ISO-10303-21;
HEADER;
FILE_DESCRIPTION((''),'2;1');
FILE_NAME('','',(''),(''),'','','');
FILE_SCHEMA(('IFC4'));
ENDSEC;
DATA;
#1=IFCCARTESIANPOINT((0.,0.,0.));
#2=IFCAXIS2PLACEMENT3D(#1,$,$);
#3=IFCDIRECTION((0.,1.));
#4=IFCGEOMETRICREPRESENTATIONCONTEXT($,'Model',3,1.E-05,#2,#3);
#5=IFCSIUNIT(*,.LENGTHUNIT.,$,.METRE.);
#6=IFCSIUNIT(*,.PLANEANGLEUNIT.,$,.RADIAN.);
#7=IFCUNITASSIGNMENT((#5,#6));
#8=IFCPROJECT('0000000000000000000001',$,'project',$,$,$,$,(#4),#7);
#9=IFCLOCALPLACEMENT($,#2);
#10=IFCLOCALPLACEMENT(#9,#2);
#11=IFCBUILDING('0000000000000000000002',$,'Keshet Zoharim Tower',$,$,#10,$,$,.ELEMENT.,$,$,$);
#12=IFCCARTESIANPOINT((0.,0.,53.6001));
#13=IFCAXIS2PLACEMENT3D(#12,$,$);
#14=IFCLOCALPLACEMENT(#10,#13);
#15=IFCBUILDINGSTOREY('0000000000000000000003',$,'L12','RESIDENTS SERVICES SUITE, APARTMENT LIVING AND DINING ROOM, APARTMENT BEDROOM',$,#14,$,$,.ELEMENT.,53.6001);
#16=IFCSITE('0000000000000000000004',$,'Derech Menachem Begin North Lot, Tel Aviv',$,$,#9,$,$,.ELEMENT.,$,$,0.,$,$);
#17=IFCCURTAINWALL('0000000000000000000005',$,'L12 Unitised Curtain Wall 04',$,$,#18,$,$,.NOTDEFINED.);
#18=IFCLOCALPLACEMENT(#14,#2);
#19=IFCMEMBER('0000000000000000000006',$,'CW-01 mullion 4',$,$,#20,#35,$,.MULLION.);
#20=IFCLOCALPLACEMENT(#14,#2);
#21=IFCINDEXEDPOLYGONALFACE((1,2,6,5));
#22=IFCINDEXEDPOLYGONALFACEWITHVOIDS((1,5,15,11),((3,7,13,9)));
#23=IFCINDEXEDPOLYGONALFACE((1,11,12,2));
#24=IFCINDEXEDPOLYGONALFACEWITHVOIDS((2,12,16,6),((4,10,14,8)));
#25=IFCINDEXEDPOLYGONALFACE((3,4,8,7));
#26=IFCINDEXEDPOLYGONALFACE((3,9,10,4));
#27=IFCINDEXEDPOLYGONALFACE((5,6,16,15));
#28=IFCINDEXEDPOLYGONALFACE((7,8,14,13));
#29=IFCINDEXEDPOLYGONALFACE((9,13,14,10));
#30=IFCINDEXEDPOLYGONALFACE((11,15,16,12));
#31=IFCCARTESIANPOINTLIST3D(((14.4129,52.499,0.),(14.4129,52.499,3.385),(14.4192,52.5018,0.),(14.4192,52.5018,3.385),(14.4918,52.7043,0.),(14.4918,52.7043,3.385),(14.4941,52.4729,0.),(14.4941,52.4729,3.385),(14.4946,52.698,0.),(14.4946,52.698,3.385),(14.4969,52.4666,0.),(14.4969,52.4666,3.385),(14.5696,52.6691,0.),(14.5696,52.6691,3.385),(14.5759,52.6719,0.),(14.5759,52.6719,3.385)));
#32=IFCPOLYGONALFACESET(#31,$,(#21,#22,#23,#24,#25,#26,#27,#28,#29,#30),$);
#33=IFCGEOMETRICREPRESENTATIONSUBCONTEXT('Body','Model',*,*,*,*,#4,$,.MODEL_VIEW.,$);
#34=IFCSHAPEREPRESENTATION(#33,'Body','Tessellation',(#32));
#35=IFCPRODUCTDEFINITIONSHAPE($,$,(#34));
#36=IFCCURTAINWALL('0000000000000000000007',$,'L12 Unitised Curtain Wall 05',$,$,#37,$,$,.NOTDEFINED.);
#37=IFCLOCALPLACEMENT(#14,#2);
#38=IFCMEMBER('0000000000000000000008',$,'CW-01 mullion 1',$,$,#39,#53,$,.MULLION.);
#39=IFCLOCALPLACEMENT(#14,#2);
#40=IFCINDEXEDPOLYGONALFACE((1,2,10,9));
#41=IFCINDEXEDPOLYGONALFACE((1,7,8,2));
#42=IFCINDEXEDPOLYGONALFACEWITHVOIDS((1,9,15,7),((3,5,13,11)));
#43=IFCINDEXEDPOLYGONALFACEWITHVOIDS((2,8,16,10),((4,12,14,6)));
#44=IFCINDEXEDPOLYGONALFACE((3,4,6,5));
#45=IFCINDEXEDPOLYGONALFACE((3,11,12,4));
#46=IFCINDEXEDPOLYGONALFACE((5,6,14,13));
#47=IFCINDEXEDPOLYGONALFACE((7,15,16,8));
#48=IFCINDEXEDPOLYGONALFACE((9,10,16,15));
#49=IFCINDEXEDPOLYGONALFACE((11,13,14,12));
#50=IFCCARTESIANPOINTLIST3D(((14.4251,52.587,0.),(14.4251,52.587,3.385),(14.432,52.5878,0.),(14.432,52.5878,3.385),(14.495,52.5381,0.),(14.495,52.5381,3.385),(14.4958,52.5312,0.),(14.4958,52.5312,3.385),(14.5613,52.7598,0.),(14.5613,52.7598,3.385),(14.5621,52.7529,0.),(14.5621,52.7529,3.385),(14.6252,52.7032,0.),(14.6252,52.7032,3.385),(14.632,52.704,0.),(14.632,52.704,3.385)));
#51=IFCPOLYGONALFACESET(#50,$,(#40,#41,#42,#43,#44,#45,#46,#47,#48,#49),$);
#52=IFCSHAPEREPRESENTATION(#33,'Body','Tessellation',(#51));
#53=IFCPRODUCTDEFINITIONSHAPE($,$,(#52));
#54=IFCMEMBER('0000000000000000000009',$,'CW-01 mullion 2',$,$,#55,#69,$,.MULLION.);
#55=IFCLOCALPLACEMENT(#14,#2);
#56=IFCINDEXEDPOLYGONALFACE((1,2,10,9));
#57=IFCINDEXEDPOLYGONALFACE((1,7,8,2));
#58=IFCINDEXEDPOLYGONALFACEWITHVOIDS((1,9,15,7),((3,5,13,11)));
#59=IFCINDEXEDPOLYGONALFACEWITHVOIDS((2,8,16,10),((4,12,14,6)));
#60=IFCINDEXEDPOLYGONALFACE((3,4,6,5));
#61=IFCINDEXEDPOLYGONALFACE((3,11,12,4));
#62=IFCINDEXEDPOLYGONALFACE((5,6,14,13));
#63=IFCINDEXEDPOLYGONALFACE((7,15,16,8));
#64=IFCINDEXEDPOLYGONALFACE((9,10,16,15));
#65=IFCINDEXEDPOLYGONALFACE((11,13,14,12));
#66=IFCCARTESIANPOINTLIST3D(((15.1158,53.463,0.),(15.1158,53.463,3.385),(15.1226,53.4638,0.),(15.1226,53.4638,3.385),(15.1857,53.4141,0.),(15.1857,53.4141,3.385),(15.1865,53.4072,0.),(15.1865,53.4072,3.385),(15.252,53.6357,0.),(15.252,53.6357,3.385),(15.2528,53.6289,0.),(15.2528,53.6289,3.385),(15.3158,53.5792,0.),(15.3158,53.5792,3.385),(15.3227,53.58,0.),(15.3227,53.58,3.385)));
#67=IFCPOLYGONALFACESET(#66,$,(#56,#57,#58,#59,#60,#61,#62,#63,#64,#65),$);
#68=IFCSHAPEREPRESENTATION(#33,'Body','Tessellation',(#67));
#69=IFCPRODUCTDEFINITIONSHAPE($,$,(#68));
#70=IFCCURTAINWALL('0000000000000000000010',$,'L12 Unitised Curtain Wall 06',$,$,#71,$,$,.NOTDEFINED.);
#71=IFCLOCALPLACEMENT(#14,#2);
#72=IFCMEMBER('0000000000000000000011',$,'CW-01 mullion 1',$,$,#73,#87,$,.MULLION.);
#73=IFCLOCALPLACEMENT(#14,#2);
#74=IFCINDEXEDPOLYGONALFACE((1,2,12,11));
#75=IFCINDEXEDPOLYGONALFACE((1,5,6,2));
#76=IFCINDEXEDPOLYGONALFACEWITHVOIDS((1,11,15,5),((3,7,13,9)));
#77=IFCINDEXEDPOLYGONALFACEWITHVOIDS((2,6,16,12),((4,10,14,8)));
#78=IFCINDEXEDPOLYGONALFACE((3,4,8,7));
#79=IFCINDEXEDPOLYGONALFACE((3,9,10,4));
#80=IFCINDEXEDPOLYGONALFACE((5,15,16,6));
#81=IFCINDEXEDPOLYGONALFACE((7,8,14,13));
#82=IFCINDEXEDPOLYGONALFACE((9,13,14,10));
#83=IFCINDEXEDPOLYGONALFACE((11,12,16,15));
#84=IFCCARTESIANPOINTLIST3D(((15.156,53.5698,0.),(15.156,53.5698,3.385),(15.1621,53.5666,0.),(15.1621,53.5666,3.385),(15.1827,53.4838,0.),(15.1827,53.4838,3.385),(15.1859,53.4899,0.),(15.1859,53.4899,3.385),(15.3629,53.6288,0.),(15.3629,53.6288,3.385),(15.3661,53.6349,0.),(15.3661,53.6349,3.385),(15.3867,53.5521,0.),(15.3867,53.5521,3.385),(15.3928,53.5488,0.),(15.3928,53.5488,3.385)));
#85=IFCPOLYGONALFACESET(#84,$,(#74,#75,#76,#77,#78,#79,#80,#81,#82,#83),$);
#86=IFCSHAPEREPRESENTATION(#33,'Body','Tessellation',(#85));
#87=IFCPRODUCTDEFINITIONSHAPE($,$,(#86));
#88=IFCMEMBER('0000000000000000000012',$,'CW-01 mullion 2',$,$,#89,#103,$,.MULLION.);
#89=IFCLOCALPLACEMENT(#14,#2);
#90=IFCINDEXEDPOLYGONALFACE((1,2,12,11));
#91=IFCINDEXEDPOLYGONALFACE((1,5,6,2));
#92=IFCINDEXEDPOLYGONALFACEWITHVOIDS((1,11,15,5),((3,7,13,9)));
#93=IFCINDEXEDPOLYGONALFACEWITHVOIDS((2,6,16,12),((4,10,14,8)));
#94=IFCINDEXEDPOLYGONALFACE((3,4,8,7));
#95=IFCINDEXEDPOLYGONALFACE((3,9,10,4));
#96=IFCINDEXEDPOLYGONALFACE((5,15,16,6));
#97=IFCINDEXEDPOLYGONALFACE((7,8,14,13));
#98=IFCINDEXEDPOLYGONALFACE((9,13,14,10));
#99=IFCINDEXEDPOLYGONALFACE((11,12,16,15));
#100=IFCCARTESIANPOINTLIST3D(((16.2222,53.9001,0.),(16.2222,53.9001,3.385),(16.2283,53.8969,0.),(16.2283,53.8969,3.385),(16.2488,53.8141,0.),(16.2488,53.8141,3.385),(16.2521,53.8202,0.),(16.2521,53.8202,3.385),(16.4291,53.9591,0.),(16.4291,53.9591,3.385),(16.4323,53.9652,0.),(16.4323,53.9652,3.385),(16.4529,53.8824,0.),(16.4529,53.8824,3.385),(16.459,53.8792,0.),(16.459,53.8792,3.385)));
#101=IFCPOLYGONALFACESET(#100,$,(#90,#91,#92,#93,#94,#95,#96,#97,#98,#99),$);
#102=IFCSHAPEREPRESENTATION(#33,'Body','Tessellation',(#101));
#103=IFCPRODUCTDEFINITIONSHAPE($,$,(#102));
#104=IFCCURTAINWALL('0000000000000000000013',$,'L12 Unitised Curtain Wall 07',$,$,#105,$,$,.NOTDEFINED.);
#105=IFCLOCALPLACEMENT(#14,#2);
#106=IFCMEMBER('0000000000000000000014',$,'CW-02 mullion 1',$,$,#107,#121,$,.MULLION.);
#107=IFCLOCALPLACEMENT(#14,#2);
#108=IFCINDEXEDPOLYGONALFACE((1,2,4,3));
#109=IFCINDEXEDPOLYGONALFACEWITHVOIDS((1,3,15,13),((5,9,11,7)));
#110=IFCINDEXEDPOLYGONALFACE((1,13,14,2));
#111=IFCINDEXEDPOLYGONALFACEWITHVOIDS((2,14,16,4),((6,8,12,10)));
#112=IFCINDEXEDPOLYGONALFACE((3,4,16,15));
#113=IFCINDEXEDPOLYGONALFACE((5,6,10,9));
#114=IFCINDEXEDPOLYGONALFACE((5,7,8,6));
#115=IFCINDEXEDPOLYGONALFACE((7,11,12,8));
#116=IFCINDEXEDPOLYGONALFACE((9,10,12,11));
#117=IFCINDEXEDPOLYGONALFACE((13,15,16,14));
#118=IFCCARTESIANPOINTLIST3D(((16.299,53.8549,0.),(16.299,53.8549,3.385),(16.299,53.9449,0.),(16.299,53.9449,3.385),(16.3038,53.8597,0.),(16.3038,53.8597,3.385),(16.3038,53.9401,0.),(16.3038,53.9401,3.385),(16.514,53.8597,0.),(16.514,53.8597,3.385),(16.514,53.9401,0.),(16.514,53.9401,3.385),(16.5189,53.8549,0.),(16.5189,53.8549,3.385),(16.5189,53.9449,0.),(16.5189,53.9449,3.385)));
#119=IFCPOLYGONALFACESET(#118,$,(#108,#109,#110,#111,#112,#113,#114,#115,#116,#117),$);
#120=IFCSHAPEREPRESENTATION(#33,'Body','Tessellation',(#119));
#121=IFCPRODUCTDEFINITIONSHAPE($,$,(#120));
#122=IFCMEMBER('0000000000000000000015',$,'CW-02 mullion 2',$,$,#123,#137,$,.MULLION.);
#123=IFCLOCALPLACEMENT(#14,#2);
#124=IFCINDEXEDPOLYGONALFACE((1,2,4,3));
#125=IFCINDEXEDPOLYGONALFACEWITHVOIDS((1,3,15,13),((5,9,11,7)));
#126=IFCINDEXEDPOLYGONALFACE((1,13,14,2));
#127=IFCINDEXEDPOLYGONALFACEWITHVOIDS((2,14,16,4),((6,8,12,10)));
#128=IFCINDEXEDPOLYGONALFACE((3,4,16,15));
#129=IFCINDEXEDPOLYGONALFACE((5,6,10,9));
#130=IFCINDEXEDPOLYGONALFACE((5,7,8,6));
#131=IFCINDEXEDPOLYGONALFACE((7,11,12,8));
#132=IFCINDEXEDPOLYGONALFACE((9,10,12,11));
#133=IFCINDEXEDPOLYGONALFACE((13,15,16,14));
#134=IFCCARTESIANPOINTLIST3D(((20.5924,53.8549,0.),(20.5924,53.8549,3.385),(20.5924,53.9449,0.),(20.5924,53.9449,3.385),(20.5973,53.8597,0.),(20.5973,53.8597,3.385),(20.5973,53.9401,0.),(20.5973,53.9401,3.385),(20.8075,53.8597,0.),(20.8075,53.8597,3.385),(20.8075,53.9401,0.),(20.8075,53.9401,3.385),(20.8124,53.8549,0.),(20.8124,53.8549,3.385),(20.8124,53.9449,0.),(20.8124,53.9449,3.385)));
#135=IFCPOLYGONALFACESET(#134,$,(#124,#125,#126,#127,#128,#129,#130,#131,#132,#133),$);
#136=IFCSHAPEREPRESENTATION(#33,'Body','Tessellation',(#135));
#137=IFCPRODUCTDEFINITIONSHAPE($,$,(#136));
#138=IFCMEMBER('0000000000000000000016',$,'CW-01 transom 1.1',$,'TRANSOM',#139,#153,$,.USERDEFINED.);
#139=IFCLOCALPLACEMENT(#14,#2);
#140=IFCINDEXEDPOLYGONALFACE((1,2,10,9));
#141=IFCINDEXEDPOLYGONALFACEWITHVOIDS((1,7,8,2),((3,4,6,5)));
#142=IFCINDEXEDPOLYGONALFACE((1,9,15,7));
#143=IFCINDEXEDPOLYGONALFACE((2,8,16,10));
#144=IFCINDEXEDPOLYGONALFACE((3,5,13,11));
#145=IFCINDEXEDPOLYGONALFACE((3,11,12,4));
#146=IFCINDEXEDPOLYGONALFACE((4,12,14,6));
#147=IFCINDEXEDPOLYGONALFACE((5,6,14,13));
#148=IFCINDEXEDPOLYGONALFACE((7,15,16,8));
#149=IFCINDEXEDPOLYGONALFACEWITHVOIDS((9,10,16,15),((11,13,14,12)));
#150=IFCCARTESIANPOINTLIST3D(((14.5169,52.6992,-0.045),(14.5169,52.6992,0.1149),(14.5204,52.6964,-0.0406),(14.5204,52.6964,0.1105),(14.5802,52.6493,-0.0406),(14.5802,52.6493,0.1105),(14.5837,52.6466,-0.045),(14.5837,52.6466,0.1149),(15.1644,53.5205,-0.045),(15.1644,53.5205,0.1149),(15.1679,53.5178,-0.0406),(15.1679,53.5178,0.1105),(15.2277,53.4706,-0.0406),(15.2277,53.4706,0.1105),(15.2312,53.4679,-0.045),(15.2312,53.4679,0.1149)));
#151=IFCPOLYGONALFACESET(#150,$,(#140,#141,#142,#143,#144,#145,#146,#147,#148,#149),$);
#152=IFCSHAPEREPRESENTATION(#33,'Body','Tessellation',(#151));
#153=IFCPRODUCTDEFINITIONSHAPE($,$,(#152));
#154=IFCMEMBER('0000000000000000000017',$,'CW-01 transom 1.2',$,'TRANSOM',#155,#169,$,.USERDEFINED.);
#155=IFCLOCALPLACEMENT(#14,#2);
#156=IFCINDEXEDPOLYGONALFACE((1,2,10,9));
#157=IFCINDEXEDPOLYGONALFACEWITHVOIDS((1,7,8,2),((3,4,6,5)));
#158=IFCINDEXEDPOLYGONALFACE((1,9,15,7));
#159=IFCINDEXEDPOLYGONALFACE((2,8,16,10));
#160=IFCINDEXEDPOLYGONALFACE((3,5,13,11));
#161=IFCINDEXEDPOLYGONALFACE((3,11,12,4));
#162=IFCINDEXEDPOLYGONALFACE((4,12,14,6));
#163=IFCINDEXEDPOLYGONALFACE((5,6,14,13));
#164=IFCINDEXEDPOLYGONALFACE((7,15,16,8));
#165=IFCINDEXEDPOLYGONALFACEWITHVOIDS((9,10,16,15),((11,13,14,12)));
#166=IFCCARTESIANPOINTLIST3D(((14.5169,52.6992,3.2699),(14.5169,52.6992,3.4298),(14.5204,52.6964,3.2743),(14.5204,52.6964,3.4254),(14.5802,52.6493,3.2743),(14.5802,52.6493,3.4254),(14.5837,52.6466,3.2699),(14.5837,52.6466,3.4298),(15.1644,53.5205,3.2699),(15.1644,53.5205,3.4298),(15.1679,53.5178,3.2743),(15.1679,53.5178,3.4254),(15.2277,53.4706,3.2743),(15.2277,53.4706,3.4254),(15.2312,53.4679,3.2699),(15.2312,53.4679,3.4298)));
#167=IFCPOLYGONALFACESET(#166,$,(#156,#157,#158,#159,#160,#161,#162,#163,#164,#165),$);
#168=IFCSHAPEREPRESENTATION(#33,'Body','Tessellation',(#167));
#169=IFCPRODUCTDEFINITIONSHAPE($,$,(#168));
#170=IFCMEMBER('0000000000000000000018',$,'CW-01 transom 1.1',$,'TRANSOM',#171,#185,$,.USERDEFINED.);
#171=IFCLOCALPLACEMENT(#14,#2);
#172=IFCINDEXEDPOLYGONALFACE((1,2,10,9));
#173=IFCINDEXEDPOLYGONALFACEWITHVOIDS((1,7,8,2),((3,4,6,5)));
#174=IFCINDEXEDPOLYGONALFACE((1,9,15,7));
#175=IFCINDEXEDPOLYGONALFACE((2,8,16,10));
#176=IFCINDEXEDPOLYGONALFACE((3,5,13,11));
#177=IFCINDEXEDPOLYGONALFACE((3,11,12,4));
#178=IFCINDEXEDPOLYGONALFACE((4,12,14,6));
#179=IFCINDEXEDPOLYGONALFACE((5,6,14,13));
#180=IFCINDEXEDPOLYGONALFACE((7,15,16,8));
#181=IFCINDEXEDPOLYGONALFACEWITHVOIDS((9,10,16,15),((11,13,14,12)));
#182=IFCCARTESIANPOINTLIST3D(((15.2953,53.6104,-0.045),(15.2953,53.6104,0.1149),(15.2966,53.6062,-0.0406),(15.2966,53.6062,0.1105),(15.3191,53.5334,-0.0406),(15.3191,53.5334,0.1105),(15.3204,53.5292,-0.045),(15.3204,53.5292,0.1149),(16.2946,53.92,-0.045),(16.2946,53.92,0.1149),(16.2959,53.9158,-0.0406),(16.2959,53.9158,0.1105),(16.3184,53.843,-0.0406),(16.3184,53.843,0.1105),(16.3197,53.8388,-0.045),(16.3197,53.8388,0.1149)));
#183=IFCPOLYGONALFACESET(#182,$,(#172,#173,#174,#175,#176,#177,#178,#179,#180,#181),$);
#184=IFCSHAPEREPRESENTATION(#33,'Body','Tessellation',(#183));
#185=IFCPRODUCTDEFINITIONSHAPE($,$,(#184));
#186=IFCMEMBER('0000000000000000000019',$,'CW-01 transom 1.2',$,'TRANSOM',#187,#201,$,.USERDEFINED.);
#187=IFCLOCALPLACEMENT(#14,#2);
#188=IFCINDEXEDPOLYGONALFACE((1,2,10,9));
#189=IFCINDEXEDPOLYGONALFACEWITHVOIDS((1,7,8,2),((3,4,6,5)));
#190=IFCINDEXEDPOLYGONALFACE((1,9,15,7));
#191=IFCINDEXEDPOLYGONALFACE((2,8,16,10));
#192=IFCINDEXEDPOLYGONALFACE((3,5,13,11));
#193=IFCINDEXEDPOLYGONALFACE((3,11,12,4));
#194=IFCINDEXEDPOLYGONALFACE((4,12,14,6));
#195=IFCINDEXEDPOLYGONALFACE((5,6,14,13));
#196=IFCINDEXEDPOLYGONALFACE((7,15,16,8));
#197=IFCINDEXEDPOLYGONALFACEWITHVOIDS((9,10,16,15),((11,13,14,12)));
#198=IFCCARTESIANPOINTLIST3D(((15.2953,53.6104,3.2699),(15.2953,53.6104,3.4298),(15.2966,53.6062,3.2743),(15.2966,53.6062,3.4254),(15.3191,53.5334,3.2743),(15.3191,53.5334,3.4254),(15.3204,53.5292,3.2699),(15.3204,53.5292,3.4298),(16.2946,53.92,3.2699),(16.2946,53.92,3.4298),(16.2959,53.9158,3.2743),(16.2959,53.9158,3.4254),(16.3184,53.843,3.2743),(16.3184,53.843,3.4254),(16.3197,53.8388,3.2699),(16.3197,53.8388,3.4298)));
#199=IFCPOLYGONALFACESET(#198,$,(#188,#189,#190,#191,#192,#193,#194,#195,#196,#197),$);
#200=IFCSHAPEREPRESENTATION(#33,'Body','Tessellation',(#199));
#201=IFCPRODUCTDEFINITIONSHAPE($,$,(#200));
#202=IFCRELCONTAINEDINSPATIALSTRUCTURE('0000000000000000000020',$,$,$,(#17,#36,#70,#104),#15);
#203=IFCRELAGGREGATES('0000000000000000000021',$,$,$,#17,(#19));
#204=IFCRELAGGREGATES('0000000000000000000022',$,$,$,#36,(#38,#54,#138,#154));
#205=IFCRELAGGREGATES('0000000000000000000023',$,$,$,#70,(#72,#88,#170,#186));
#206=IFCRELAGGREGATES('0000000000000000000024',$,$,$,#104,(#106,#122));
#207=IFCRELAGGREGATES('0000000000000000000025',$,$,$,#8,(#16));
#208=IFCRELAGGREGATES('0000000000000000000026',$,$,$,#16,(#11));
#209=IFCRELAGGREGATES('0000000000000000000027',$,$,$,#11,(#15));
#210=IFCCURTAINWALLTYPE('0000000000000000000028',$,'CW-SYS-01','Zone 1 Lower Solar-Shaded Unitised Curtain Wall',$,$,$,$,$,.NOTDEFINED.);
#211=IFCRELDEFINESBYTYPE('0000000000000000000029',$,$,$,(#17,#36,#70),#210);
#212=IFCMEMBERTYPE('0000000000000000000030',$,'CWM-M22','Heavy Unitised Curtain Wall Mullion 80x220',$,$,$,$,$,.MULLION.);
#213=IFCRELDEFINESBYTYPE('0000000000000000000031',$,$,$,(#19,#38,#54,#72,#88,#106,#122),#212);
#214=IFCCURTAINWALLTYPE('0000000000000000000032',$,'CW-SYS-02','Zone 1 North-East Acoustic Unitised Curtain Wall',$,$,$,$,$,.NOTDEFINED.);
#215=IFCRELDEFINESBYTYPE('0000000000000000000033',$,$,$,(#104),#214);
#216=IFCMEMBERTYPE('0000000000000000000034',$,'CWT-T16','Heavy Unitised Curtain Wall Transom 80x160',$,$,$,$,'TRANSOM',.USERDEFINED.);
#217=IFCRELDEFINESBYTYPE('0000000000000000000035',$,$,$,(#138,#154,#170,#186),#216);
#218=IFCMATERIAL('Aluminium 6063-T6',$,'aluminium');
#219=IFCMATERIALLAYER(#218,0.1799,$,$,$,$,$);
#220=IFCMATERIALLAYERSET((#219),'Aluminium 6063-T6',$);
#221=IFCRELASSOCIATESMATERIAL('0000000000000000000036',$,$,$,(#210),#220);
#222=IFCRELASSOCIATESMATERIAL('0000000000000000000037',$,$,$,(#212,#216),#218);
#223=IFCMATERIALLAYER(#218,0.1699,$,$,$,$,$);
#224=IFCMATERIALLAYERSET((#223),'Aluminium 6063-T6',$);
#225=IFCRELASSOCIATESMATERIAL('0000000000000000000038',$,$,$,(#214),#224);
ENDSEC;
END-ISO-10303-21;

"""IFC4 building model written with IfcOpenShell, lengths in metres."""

from ifc_helpers import new_model, si_unit, direction, frame, origin, origin_2d, place, context, subcontext, project, spatial, hollow_rectangle, extrude, material, layer, layer_set, material_profile, profile_set, type_object, element, aggregate, save


model = new_model("IFC4")

# Units and contexts
model_context = context("Model", 3, precision=1e-05, world=origin(), true_north=direction((0.0, 1.0)))
body_context = subcontext(model_context, "Body", "Model", "MODEL_VIEW")
ifc_project = project(units=[si_unit("LENGTHUNIT", "METRE"), si_unit("PLANEANGLEUNIT", "RADIAN")], contexts=[model_context])

# Site, building, storey
site_placement = place(None, origin())
site = spatial("IfcSite", under=ifc_project, at=site_placement, Name="Derech Menachem Begin North Lot, Tel Aviv", CompositionType="ELEMENT", RefElevation=0.0)
building_placement = place(site_placement, origin())
building = spatial("IfcBuilding", under=site, at=building_placement, Name="Keshet Zoharim Tower", CompositionType="ELEMENT")
storey_placement = place(building_placement, frame((0.0, 0.0, 53.6001)))
storey = spatial("IfcBuildingStorey", under=building, at=storey_placement, Name="L12", Description="RESIDENTS SERVICES SUITE, APARTMENT LIVING AND DINING ROOM, APARTMENT BEDROOM", CompositionType="ELEMENT", Elevation=53.6001)

# Curtain wall, member
ifc_material_1 = material(Name="Aluminium 6063-T6", Category="aluminium")
ifc_layer_1 = layer(ifc_material_1, 0.1799)
ifc_layer_set_1 = layer_set([ifc_layer_1], Name="Aluminium 6063-T6")
curtain_wall_type_1 = type_object("IfcCurtainWallType", Name="CW-SYS-01", Description="Zone 1 Lower Solar-Shaded Unitised Curtain Wall", PredefinedType="NOTDEFINED", material=ifc_layer_set_1)
curtain_wall_1_placement = place(storey_placement, origin())
curtain_wall_1 = element("IfcCurtainWall", 1, at=curtain_wall_1_placement, inside=storey, type_object=curtain_wall_type_1, Name="L12 Unitised Curtain Wall 04", PredefinedType="NOTDEFINED")
ifc_material_profile_1 = material_profile(ifc_material_1, hollow_rectangle(XDim=0.0901, YDim=0.22, WallThickness=0.0049, at=origin_2d()), Name="MUL-90x220")
ifc_profile_set_1 = profile_set([ifc_material_profile_1], Name="Aluminium 6063-T6")
member_type_1 = type_object("IfcMemberType", Name="CWM-M22", Description="Heavy Unitised Curtain Wall Mullion 80x220", PredefinedType="MULLION", material=ifc_profile_set_1)
member_1_placement = place(storey_placement, frame((14.4944, 52.5854, 0.0), z_axis=(0.0, 0.0, 1.0), x_axis=(-0.933341, 0.35899, 0.0)))
member_1 = element("IfcMember", 2, at=member_1_placement, type_object=member_type_1, Name="CW-01 mullion 4", PredefinedType="MULLION", context=body_context, shape_type="SweptSolid", body=[
    extrude(hollow_rectangle(XDim=0.0901, YDim=0.22, WallThickness=0.0049, at=origin_2d()), origin(), (0.0, 0.0, 1.0), 3.385),
])

# Curtain walls, members
curtain_wall_2_placement = place(storey_placement, origin())
curtain_wall_2 = element("IfcCurtainWall", 3, at=curtain_wall_2_placement, inside=storey, type_object=curtain_wall_type_1, Name="L12 Unitised Curtain Wall 05", PredefinedType="NOTDEFINED")
member_2_placement = place(storey_placement, frame((14.5286, 52.6455, 0.0), z_axis=(0.0, 0.0, 1.0), x_axis=(-0.785293, 0.619125, 0.0)))
member_2 = element("IfcMember", 4, at=member_2_placement, type_object=member_type_1, Name="CW-01 mullion 1", PredefinedType="MULLION", context=body_context, shape_type="SweptSolid", body=[
    extrude(hollow_rectangle(XDim=0.0901, YDim=0.22, WallThickness=0.0049, at=origin_2d()), origin(), (0.0, 0.0, 1.0), 3.385),
])
member_3_placement = place(storey_placement, frame((15.2192, 53.5215, 0.0), z_axis=(0.0, 0.0, 1.0), x_axis=(-0.785293, 0.619125, 0.0)))
member_3 = element("IfcMember", 5, at=member_3_placement, type_object=member_type_1, Name="CW-01 mullion 2", PredefinedType="MULLION", context=body_context, shape_type="SweptSolid", body=[
    extrude(hollow_rectangle(XDim=0.0901, YDim=0.22, WallThickness=0.0049, at=origin_2d()), origin(), (0.0, 0.0, 1.0), 3.385),
])
curtain_wall_3_placement = place(storey_placement, origin())
curtain_wall_3 = element("IfcCurtainWall", 6, at=curtain_wall_3_placement, inside=storey, type_object=curtain_wall_type_1, Name="L12 Unitised Curtain Wall 06", PredefinedType="NOTDEFINED")
member_4_placement = place(storey_placement, frame((15.2744, 53.5593, 0.0), z_axis=(0.0, 0.0, 1.0), x_axis=(-0.295922, 0.955212, 0.0)))
member_4 = element("IfcMember", 7, at=member_4_placement, type_object=member_type_1, Name="CW-01 mullion 1", PredefinedType="MULLION", context=body_context, shape_type="SweptSolid", body=[
    extrude(hollow_rectangle(XDim=0.0901, YDim=0.22, WallThickness=0.0049, at=origin_2d()), origin(), (0.0, 0.0, 1.0), 3.385),
])
member_5_placement = place(storey_placement, frame((16.3406, 53.8896, 0.0), z_axis=(0.0, 0.0, 1.0), x_axis=(-0.295922, 0.955212, 0.0)))
member_5 = element("IfcMember", 8, at=member_5_placement, type_object=member_type_1, Name="CW-01 mullion 2", PredefinedType="MULLION", context=body_context, shape_type="SweptSolid", body=[
    extrude(hollow_rectangle(XDim=0.0901, YDim=0.22, WallThickness=0.0049, at=origin_2d()), origin(), (0.0, 0.0, 1.0), 3.385),
])
ifc_layer_2 = layer(ifc_material_1, 0.1699)
ifc_layer_set_2 = layer_set([ifc_layer_2], Name="Aluminium 6063-T6")
curtain_wall_type_2 = type_object("IfcCurtainWallType", Name="CW-SYS-02", Description="Zone 1 North-East Acoustic Unitised Curtain Wall", PredefinedType="NOTDEFINED", material=ifc_layer_set_2)
curtain_wall_4_placement = place(storey_placement, origin())
curtain_wall_4 = element("IfcCurtainWall", 9, at=curtain_wall_4_placement, inside=storey, type_object=curtain_wall_type_2, Name="L12 Unitised Curtain Wall 07", PredefinedType="NOTDEFINED")
member_6_placement = place(storey_placement, frame((16.4089, 53.8999, 0.0), z_axis=(0.0, 0.0, 1.0), x_axis=(0.0, 1.0, 0.0)))
member_6 = element("IfcMember", 10, at=member_6_placement, type_object=member_type_1, Name="CW-02 mullion 1", PredefinedType="MULLION", context=body_context, shape_type="SweptSolid", body=[
    extrude(hollow_rectangle(XDim=0.0901, YDim=0.22, WallThickness=0.0049, at=origin_2d()), origin(), (0.0, 0.0, 1.0), 3.385),
])
member_7_placement = place(storey_placement, frame((20.7024, 53.8999, 0.0), z_axis=(0.0, 0.0, 1.0), x_axis=(0.0, 1.0, 0.0)))
member_7 = element("IfcMember", 11, at=member_7_placement, type_object=member_type_1, Name="CW-02 mullion 2", PredefinedType="MULLION", context=body_context, shape_type="SweptSolid", body=[
    extrude(hollow_rectangle(XDim=0.0901, YDim=0.22, WallThickness=0.0049, at=origin_2d()), origin(), (0.0, 0.0, 1.0), 3.385),
])

# Members
ifc_material_profile_2 = material_profile(ifc_material_1, hollow_rectangle(XDim=0.085, YDim=0.1599, WallThickness=0.0044, at=origin_2d()), Name="TRN-85x160")
ifc_profile_set_2 = profile_set([ifc_material_profile_2], Name="Aluminium 6063-T6")
member_type_2 = type_object("IfcMemberType", Name="CWT-T16", Description="Heavy Unitised Curtain Wall Transom 80x160", ElementType="TRANSOM", PredefinedType="USERDEFINED", material=ifc_profile_set_2)
member_8_placement = place(storey_placement, frame((14.5503, 52.6729, 0.0349), z_axis=(0.619099, 0.785313, 0.0), x_axis=(-0.785313, 0.619099, 0.0)))
member_8 = element("IfcMember", 12, at=member_8_placement, type_object=member_type_2, Name="CW-01 transom 1.1", ObjectType="TRANSOM", PredefinedType="USERDEFINED", context=body_context, shape_type="SweptSolid", body=[
    extrude(hollow_rectangle(XDim=0.085, YDim=0.1599, WallThickness=0.0044, at=origin_2d()), origin(), (0.0, 0.0, 1.0), 1.0459),
])
member_9_placement = place(storey_placement, frame((14.5503, 52.6729, 3.3499), z_axis=(0.619099, 0.785313, 0.0), x_axis=(-0.785313, 0.619099, 0.0)))
member_9 = element("IfcMember", 13, at=member_9_placement, type_object=member_type_2, Name="CW-01 transom 1.2", ObjectType="TRANSOM", PredefinedType="USERDEFINED", context=body_context, shape_type="SweptSolid", body=[
    extrude(hollow_rectangle(XDim=0.085, YDim=0.1599, WallThickness=0.0044, at=origin_2d()), origin(), (0.0, 0.0, 1.0), 1.0459),
])
member_10_placement = place(storey_placement, frame((15.3079, 53.5698, 0.0349), z_axis=(0.955212, 0.295922, 0.0), x_axis=(-0.295922, 0.955212, 0.0)))
member_10 = element("IfcMember", 14, at=member_10_placement, type_object=member_type_2, Name="CW-01 transom 1.1", ObjectType="TRANSOM", PredefinedType="USERDEFINED", context=body_context, shape_type="SweptSolid", body=[
    extrude(hollow_rectangle(XDim=0.085, YDim=0.1599, WallThickness=0.0044, at=origin_2d()), origin(), (0.0, 0.0, 1.0), 1.0461),
])
member_11_placement = place(storey_placement, frame((15.3079, 53.5698, 3.3499), z_axis=(0.955212, 0.295922, 0.0), x_axis=(-0.295922, 0.955212, 0.0)))
member_11 = element("IfcMember", 15, at=member_11_placement, type_object=member_type_2, Name="CW-01 transom 1.2", ObjectType="TRANSOM", PredefinedType="USERDEFINED", context=body_context, shape_type="SweptSolid", body=[
    extrude(hollow_rectangle(XDim=0.085, YDim=0.1599, WallThickness=0.0044, at=origin_2d()), origin(), (0.0, 0.0, 1.0), 1.0461),
])

aggregate(curtain_wall_1, [member_1])
aggregate(curtain_wall_2, [member_2, member_3, member_8, member_9])
aggregate(curtain_wall_3, [member_4, member_5, member_10, member_11])
aggregate(curtain_wall_4, [member_6, member_7])

save(model, "model.ifc")
